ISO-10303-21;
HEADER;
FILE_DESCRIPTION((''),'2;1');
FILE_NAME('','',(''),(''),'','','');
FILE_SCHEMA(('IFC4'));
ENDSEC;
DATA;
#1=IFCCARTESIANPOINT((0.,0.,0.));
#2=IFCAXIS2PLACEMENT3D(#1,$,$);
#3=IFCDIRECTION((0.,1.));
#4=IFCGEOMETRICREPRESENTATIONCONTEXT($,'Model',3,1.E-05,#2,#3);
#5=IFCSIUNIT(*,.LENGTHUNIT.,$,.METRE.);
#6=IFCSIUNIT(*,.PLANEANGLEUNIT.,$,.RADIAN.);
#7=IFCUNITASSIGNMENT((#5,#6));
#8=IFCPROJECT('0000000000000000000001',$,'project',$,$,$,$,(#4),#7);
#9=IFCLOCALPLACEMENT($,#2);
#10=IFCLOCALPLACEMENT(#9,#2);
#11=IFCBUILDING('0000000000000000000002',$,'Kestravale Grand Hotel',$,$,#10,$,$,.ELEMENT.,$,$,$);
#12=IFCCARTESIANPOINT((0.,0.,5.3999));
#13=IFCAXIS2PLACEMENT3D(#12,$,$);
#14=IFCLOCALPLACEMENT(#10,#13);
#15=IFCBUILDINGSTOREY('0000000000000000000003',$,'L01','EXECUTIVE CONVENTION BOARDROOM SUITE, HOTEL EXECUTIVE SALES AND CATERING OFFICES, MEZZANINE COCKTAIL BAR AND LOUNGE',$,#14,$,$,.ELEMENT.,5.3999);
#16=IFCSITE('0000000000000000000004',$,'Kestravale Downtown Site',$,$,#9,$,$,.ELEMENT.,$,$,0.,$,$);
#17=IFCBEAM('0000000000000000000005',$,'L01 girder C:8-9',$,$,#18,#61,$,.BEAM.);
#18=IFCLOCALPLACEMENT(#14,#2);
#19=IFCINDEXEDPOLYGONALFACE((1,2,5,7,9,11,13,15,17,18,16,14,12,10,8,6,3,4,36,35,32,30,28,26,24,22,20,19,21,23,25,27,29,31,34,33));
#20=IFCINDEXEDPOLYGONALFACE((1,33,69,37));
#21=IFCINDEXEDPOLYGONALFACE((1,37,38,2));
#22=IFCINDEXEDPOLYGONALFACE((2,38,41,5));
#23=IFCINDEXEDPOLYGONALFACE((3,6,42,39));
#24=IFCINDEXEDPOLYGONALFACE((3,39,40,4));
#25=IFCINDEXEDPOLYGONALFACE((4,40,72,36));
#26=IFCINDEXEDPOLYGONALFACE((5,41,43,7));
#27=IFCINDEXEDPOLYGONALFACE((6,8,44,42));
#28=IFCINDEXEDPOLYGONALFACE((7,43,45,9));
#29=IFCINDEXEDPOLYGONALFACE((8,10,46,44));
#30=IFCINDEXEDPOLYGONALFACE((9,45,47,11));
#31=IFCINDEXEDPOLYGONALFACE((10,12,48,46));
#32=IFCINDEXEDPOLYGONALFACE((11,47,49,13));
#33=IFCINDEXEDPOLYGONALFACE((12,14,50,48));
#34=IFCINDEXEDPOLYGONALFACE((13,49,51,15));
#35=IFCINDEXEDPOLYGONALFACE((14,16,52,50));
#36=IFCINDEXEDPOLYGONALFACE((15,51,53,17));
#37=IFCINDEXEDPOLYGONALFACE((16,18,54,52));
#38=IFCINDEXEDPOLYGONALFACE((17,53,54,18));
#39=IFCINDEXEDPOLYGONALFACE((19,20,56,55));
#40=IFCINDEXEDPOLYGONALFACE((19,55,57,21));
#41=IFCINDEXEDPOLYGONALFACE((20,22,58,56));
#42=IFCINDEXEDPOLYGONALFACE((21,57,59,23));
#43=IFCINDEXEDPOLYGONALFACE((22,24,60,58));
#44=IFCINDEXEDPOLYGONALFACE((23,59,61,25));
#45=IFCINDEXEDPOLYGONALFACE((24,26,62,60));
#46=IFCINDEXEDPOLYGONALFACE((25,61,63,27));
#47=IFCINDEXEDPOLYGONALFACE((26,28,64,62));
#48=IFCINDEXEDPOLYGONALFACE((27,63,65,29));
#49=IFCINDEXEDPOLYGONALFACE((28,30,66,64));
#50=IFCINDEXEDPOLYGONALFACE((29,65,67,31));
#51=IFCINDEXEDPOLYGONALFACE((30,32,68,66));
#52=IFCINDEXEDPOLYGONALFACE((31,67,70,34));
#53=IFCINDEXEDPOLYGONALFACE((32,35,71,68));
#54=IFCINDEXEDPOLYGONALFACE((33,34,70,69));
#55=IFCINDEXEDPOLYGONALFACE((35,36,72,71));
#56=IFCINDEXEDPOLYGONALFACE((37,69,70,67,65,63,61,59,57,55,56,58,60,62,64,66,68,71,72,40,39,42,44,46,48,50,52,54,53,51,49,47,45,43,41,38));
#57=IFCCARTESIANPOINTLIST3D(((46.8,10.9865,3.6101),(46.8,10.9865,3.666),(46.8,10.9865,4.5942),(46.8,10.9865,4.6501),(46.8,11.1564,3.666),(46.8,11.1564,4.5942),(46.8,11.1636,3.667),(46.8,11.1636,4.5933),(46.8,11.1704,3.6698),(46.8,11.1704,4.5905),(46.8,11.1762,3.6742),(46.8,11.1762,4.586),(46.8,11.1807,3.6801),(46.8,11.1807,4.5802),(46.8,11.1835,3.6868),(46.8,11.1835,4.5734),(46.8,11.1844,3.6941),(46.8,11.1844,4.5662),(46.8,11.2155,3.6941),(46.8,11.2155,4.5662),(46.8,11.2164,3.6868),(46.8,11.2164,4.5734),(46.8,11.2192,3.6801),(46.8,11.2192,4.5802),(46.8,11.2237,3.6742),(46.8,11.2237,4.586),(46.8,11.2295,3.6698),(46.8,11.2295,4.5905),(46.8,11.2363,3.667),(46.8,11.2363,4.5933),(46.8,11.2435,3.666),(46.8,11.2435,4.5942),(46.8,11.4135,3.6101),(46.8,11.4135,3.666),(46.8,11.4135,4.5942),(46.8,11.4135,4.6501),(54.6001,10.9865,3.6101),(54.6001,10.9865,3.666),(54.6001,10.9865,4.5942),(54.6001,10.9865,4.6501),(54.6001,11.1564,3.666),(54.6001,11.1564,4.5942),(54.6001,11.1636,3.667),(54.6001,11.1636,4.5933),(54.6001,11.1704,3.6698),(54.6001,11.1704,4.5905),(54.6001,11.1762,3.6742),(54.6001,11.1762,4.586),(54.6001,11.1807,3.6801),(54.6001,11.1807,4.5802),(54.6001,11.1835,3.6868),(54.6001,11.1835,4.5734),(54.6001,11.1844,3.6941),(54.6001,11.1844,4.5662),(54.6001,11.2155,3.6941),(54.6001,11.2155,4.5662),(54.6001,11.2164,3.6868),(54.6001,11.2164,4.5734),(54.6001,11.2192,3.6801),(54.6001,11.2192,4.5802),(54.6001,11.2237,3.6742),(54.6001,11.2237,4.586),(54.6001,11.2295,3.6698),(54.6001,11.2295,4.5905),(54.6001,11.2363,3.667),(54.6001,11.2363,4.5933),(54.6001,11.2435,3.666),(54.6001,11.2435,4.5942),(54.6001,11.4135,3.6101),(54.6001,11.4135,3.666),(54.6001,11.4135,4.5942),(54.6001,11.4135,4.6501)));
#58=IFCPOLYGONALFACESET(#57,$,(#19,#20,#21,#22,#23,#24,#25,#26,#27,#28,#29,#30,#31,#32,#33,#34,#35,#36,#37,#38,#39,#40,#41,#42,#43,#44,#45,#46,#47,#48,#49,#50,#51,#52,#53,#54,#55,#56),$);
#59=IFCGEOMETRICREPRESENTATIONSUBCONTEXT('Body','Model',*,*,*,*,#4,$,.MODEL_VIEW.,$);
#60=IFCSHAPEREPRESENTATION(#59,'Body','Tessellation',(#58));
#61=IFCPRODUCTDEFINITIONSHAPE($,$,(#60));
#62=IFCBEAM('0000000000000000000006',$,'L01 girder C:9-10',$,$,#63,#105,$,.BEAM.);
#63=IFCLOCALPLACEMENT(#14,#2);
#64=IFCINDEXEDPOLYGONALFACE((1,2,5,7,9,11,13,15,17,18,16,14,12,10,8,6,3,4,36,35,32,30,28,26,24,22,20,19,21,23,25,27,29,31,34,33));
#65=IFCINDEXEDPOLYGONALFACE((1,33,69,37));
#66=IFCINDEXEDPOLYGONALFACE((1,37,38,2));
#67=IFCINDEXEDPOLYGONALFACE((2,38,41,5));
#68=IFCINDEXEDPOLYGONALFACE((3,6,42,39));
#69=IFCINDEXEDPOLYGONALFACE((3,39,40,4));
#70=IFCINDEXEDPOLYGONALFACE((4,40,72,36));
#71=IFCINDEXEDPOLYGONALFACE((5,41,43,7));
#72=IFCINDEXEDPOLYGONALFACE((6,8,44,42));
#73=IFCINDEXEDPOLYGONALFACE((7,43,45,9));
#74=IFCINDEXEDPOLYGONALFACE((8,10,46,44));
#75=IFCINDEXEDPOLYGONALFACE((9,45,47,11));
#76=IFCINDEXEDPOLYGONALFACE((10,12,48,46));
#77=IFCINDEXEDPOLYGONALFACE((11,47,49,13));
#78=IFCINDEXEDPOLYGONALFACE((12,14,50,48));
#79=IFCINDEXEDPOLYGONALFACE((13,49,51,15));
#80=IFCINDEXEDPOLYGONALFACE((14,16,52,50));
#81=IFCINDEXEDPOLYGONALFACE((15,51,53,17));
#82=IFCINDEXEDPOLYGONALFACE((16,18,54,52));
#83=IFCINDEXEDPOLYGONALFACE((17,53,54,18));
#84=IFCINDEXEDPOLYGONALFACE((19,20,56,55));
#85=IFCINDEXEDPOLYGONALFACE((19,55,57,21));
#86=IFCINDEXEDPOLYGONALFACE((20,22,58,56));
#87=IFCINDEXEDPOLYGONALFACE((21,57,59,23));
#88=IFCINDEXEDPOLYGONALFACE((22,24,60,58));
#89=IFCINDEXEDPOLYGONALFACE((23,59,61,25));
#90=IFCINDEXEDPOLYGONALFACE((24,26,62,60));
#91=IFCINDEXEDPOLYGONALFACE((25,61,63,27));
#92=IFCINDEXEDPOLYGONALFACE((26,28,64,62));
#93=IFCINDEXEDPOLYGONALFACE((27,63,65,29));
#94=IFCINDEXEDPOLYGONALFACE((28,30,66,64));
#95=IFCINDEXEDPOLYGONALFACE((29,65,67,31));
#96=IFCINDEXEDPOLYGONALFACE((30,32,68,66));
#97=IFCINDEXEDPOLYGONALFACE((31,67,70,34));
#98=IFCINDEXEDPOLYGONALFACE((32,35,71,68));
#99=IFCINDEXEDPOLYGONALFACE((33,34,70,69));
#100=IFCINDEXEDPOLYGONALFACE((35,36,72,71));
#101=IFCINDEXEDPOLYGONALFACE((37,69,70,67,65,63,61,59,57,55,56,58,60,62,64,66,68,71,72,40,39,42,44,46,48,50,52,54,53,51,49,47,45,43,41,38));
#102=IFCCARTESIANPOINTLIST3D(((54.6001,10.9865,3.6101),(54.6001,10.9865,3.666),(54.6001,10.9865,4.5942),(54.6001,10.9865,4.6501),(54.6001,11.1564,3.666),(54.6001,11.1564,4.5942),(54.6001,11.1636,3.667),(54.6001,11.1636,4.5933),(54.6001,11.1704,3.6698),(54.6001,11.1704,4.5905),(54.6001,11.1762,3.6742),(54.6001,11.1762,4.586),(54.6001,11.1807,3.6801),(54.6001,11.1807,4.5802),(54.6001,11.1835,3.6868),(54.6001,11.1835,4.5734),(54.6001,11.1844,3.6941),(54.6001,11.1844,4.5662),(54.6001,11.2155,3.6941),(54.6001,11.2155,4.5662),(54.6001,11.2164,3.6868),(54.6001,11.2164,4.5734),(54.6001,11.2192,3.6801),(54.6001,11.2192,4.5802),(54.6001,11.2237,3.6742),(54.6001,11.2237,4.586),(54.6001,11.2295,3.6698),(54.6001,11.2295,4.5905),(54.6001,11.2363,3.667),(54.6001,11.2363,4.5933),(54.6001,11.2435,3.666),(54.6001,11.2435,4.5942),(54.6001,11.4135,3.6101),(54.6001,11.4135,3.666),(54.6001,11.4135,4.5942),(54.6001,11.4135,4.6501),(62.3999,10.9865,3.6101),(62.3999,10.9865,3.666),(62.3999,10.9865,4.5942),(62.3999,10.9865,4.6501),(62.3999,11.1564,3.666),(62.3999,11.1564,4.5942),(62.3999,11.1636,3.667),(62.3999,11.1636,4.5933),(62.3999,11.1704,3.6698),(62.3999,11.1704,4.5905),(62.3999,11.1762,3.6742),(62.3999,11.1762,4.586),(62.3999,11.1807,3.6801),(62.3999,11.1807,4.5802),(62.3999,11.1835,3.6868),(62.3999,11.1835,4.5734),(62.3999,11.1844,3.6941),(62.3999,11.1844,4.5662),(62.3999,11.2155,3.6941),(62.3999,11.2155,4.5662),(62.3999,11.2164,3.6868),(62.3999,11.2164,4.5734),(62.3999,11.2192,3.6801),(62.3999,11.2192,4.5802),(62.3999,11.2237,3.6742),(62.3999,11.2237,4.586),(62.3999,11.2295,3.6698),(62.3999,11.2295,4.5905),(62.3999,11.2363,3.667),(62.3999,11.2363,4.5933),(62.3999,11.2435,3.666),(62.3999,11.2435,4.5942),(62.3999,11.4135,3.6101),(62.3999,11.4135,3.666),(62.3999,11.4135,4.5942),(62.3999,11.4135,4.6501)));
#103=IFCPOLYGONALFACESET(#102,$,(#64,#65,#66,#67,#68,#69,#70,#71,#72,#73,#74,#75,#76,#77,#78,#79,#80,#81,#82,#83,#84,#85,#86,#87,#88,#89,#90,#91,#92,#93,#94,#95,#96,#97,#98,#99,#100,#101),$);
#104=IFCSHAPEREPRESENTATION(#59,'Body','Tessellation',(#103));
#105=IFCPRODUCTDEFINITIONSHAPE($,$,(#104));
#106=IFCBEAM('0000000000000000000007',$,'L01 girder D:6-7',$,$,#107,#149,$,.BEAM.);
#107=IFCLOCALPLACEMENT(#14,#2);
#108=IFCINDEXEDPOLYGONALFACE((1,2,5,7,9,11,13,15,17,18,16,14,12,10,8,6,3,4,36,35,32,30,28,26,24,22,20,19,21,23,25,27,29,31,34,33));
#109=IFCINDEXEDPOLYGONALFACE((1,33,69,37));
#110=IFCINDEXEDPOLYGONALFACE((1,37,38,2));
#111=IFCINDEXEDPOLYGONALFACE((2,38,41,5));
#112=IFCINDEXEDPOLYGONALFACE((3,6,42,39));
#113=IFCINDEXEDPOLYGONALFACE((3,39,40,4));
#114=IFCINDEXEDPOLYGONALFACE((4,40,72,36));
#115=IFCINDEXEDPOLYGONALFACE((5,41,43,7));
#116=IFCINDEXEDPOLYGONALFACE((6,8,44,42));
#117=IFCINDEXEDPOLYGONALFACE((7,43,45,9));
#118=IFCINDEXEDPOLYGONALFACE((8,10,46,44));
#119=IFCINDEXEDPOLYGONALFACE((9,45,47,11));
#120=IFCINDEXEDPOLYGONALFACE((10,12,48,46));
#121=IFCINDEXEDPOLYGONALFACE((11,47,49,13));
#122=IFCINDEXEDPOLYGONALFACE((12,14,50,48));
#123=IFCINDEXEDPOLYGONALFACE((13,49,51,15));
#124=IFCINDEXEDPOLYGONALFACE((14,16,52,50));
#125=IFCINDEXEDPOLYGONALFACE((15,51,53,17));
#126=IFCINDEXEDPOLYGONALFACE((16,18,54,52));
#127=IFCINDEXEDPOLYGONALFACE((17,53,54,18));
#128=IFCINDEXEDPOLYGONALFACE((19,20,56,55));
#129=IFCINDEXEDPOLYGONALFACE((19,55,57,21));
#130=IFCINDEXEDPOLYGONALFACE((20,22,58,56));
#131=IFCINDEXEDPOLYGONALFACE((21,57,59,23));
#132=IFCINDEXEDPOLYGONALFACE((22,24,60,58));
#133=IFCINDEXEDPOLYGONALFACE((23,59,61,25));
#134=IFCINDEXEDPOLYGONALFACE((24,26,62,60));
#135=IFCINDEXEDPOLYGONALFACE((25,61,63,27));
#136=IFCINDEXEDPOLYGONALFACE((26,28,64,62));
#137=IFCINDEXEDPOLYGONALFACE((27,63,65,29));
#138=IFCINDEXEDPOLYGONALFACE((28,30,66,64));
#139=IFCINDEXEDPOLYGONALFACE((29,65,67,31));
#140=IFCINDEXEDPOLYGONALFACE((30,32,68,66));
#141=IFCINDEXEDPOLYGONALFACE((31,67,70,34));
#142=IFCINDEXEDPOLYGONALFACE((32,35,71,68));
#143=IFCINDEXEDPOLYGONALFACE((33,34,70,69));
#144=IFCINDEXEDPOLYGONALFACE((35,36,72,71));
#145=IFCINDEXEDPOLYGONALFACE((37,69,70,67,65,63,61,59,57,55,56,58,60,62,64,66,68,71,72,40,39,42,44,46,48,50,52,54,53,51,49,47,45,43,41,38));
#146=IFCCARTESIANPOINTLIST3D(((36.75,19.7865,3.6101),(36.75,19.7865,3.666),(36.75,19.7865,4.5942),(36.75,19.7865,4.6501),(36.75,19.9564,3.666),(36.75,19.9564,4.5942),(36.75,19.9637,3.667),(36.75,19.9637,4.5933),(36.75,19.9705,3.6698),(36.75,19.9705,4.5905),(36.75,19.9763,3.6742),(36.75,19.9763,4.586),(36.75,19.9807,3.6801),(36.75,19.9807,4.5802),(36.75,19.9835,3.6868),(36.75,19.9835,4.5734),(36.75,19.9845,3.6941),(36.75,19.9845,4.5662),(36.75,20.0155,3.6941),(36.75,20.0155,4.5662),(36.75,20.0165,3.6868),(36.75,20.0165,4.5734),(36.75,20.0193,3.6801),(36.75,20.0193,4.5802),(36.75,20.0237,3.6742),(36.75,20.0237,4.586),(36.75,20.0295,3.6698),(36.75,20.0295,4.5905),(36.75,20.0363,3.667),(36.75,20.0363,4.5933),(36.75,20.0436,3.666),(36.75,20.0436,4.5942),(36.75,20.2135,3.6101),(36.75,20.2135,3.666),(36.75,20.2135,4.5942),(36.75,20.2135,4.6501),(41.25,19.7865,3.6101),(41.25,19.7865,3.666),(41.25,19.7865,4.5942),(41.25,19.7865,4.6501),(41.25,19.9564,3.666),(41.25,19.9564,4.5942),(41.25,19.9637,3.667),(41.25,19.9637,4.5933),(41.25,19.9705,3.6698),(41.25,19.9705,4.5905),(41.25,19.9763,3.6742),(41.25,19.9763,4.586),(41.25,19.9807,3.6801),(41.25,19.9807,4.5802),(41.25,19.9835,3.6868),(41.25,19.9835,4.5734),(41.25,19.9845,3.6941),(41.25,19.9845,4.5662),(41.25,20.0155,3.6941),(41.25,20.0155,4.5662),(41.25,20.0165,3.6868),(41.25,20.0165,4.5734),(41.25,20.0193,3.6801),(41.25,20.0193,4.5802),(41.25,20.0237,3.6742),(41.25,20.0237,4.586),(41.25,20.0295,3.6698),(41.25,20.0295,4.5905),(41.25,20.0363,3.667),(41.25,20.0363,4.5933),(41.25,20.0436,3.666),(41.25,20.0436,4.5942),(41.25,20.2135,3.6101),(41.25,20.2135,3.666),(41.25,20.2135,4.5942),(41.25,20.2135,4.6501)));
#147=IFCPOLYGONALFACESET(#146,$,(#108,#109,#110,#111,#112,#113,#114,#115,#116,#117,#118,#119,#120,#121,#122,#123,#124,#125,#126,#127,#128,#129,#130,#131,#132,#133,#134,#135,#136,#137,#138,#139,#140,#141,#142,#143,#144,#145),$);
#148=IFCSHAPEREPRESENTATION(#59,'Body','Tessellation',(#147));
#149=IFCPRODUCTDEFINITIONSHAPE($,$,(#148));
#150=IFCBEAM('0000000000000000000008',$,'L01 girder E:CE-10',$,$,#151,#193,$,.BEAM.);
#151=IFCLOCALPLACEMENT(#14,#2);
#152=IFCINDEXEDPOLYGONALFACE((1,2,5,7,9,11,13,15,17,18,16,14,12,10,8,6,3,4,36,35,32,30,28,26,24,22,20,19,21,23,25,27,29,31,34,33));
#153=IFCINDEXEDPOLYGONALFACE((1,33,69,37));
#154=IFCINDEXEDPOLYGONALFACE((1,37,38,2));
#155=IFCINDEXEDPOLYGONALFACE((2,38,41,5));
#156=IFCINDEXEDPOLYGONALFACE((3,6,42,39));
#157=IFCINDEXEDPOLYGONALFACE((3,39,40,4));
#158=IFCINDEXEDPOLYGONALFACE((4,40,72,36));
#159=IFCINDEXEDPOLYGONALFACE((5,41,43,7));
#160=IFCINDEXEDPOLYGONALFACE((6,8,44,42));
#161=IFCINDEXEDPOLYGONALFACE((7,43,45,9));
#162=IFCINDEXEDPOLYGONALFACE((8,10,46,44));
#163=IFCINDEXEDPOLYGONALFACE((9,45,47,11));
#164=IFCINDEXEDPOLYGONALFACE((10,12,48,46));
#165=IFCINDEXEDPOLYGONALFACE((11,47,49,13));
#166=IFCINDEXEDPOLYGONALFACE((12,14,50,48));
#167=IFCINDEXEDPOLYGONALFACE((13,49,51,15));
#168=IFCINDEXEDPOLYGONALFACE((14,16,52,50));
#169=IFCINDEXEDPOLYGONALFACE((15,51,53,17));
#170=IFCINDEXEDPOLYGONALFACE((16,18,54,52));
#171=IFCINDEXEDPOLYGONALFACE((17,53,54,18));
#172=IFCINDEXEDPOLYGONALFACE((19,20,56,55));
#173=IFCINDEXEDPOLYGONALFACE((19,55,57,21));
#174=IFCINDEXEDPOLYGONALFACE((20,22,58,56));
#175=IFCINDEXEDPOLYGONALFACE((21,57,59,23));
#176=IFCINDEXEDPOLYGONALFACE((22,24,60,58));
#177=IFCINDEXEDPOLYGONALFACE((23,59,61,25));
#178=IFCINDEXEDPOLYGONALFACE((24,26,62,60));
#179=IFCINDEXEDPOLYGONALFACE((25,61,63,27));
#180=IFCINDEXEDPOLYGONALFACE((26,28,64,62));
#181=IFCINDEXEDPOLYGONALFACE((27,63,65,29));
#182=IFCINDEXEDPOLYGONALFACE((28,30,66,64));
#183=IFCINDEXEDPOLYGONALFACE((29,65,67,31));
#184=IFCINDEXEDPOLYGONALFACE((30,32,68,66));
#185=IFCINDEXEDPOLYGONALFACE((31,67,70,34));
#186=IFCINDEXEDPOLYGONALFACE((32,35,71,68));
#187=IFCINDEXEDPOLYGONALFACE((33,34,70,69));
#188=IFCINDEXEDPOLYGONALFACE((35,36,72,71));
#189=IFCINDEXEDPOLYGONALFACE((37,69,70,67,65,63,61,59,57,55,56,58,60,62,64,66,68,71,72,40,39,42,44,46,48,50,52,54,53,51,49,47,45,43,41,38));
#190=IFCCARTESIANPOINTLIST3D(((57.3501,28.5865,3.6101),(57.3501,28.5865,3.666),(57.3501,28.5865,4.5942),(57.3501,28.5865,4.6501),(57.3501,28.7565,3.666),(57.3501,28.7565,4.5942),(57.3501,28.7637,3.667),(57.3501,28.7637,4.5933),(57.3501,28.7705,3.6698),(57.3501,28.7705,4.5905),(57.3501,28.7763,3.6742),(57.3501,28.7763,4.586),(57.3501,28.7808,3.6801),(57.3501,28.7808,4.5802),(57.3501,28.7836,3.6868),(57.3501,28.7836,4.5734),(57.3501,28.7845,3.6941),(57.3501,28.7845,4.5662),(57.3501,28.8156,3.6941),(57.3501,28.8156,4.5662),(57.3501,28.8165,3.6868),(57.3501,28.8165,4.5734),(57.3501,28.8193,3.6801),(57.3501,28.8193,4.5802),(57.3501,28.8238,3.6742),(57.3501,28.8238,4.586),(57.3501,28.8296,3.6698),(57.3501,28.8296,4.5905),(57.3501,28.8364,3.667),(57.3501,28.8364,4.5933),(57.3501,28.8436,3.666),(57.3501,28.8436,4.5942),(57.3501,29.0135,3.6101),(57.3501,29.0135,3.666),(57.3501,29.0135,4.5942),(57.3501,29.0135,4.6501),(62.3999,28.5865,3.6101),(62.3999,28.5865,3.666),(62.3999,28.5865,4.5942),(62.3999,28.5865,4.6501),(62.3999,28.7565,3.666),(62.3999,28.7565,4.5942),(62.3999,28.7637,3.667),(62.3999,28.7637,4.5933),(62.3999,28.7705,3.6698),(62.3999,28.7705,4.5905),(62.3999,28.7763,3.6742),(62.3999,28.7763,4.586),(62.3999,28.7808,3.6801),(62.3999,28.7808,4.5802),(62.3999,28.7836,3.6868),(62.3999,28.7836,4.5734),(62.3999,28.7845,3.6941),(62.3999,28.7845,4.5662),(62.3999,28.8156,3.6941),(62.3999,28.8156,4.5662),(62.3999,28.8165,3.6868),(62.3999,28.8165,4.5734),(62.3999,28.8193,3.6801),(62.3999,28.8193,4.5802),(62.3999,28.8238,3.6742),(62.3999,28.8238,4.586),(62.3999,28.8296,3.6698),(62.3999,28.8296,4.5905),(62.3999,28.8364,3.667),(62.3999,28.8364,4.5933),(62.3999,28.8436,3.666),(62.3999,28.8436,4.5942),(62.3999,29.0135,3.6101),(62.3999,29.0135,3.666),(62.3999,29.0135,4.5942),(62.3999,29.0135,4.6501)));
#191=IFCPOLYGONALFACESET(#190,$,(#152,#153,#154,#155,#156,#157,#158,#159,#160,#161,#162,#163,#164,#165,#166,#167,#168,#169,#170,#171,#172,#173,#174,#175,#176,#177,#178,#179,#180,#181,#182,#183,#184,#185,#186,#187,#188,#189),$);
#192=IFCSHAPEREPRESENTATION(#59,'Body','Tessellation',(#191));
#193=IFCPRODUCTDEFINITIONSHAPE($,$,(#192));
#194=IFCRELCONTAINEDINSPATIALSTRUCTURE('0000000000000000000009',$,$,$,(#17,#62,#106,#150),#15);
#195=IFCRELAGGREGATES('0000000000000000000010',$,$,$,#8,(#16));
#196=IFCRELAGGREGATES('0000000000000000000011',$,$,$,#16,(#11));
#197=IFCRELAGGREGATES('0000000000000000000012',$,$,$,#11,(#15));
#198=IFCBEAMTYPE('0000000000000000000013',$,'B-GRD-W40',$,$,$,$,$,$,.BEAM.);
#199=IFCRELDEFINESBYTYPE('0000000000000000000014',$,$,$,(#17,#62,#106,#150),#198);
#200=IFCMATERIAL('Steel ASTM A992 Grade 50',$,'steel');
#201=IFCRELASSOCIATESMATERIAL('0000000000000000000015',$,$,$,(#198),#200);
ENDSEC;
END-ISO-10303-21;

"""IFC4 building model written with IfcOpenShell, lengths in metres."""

from ifc_helpers import new_model, si_unit, direction, frame, origin, origin_2d, place, context, subcontext, project, spatial, i_section, extrude, material, material_profile, profile_set, type_object, element, save


model = new_model("IFC4")

# Units and contexts
model_context = context("Model", 3, precision=1e-05, world=origin(), true_north=direction((0.0, 1.0)))
body_context = subcontext(model_context, "Body", "Model", "MODEL_VIEW")
ifc_project = project(units=[si_unit("LENGTHUNIT", "METRE"), si_unit("PLANEANGLEUNIT", "RADIAN")], contexts=[model_context])

# Site, building, storey
site_placement = place(None, origin())
site = spatial("IfcSite", under=ifc_project, at=site_placement, Name="Kestravale Downtown Site", CompositionType="ELEMENT", RefElevation=0.0)
building_placement = place(site_placement, origin())
building = spatial("IfcBuilding", under=site, at=building_placement, Name="Kestravale Grand Hotel", CompositionType="ELEMENT")
storey_placement = place(building_placement, frame((0.0, 0.0, 5.3999)))
storey = spatial("IfcBuildingStorey", under=building, at=storey_placement, Name="L01", Description="EXECUTIVE CONVENTION BOARDROOM SUITE, HOTEL EXECUTIVE SALES AND CATERING OFFICES, MEZZANINE COCKTAIL BAR AND LOUNGE", CompositionType="ELEMENT", Elevation=5.3999)

# Beams
ifc_material_1 = material(Name="Steel ASTM A992 Grade 50", Category="steel")
ifc_material_profile_1 = material_profile(ifc_material_1, i_section(OverallWidth=0.427, OverallDepth=1.04, WebThickness=0.031, FlangeThickness=0.0559, FilletRadius=0.0281, at=origin_2d()))
ifc_profile_set_1 = profile_set([ifc_material_profile_1], Name="Steel ASTM A992 Grade 50")
beam_type = type_object("IfcBeamType", Name="B-GRD-W40", PredefinedType="BEAM", material=ifc_profile_set_1)
beam_1_placement = place(storey_placement, frame((46.8, 11.2, 4.1301), z_axis=(1.0, 0.0, 0.0), x_axis=(0.0, 1.0, 0.0)))
element("IfcBeam", 1, at=beam_1_placement, inside=storey, type_object=beam_type, Name="L01 girder C:8-9", PredefinedType="BEAM", context=body_context, shape_type="SweptSolid", body=[
    extrude(i_section(OverallWidth=0.427, OverallDepth=1.04, WebThickness=0.031, FlangeThickness=0.0559, FilletRadius=0.0281, at=origin_2d()), origin(), (0.0, 0.0, 1.0), 7.8),
])
beam_2_placement = place(storey_placement, frame((54.6001, 11.2, 4.1301), z_axis=(1.0, 0.0, 0.0), x_axis=(0.0, 1.0, 0.0)))
element("IfcBeam", 2, at=beam_2_placement, inside=storey, type_object=beam_type, Name="L01 girder C:9-10", PredefinedType="BEAM", context=body_context, shape_type="SweptSolid", body=[
    extrude(i_section(OverallWidth=0.427, OverallDepth=1.04, WebThickness=0.031, FlangeThickness=0.0559, FilletRadius=0.0281, at=origin_2d()), origin(), (0.0, 0.0, 1.0), 7.7998),
])
beam_3_placement = place(storey_placement, frame((36.75, 20.0, 4.1301), z_axis=(1.0, 0.0, 0.0), x_axis=(0.0, 1.0, 0.0)))
element("IfcBeam", 3, at=beam_3_placement, inside=storey, type_object=beam_type, Name="L01 girder D:6-7", PredefinedType="BEAM", context=body_context, shape_type="SweptSolid", body=[
    extrude(i_section(OverallWidth=0.427, OverallDepth=1.04, WebThickness=0.031, FlangeThickness=0.0559, FilletRadius=0.0281, at=origin_2d()), origin(), (0.0, 0.0, 1.0), 4.5),
])
beam_4_placement = place(storey_placement, frame((57.3501, 28.8, 4.1301), z_axis=(1.0, 0.0, 0.0), x_axis=(0.0, 1.0, 0.0)))
element("IfcBeam", 4, at=beam_4_placement, inside=storey, type_object=beam_type, Name="L01 girder E:CE-10", PredefinedType="BEAM", context=body_context, shape_type="SweptSolid", body=[
    extrude(i_section(OverallWidth=0.427, OverallDepth=1.04, WebThickness=0.031, FlangeThickness=0.0559, FilletRadius=0.0281, at=origin_2d()), origin(), (0.0, 0.0, 1.0), 5.0498),
])

save(model, "model.ifc")
